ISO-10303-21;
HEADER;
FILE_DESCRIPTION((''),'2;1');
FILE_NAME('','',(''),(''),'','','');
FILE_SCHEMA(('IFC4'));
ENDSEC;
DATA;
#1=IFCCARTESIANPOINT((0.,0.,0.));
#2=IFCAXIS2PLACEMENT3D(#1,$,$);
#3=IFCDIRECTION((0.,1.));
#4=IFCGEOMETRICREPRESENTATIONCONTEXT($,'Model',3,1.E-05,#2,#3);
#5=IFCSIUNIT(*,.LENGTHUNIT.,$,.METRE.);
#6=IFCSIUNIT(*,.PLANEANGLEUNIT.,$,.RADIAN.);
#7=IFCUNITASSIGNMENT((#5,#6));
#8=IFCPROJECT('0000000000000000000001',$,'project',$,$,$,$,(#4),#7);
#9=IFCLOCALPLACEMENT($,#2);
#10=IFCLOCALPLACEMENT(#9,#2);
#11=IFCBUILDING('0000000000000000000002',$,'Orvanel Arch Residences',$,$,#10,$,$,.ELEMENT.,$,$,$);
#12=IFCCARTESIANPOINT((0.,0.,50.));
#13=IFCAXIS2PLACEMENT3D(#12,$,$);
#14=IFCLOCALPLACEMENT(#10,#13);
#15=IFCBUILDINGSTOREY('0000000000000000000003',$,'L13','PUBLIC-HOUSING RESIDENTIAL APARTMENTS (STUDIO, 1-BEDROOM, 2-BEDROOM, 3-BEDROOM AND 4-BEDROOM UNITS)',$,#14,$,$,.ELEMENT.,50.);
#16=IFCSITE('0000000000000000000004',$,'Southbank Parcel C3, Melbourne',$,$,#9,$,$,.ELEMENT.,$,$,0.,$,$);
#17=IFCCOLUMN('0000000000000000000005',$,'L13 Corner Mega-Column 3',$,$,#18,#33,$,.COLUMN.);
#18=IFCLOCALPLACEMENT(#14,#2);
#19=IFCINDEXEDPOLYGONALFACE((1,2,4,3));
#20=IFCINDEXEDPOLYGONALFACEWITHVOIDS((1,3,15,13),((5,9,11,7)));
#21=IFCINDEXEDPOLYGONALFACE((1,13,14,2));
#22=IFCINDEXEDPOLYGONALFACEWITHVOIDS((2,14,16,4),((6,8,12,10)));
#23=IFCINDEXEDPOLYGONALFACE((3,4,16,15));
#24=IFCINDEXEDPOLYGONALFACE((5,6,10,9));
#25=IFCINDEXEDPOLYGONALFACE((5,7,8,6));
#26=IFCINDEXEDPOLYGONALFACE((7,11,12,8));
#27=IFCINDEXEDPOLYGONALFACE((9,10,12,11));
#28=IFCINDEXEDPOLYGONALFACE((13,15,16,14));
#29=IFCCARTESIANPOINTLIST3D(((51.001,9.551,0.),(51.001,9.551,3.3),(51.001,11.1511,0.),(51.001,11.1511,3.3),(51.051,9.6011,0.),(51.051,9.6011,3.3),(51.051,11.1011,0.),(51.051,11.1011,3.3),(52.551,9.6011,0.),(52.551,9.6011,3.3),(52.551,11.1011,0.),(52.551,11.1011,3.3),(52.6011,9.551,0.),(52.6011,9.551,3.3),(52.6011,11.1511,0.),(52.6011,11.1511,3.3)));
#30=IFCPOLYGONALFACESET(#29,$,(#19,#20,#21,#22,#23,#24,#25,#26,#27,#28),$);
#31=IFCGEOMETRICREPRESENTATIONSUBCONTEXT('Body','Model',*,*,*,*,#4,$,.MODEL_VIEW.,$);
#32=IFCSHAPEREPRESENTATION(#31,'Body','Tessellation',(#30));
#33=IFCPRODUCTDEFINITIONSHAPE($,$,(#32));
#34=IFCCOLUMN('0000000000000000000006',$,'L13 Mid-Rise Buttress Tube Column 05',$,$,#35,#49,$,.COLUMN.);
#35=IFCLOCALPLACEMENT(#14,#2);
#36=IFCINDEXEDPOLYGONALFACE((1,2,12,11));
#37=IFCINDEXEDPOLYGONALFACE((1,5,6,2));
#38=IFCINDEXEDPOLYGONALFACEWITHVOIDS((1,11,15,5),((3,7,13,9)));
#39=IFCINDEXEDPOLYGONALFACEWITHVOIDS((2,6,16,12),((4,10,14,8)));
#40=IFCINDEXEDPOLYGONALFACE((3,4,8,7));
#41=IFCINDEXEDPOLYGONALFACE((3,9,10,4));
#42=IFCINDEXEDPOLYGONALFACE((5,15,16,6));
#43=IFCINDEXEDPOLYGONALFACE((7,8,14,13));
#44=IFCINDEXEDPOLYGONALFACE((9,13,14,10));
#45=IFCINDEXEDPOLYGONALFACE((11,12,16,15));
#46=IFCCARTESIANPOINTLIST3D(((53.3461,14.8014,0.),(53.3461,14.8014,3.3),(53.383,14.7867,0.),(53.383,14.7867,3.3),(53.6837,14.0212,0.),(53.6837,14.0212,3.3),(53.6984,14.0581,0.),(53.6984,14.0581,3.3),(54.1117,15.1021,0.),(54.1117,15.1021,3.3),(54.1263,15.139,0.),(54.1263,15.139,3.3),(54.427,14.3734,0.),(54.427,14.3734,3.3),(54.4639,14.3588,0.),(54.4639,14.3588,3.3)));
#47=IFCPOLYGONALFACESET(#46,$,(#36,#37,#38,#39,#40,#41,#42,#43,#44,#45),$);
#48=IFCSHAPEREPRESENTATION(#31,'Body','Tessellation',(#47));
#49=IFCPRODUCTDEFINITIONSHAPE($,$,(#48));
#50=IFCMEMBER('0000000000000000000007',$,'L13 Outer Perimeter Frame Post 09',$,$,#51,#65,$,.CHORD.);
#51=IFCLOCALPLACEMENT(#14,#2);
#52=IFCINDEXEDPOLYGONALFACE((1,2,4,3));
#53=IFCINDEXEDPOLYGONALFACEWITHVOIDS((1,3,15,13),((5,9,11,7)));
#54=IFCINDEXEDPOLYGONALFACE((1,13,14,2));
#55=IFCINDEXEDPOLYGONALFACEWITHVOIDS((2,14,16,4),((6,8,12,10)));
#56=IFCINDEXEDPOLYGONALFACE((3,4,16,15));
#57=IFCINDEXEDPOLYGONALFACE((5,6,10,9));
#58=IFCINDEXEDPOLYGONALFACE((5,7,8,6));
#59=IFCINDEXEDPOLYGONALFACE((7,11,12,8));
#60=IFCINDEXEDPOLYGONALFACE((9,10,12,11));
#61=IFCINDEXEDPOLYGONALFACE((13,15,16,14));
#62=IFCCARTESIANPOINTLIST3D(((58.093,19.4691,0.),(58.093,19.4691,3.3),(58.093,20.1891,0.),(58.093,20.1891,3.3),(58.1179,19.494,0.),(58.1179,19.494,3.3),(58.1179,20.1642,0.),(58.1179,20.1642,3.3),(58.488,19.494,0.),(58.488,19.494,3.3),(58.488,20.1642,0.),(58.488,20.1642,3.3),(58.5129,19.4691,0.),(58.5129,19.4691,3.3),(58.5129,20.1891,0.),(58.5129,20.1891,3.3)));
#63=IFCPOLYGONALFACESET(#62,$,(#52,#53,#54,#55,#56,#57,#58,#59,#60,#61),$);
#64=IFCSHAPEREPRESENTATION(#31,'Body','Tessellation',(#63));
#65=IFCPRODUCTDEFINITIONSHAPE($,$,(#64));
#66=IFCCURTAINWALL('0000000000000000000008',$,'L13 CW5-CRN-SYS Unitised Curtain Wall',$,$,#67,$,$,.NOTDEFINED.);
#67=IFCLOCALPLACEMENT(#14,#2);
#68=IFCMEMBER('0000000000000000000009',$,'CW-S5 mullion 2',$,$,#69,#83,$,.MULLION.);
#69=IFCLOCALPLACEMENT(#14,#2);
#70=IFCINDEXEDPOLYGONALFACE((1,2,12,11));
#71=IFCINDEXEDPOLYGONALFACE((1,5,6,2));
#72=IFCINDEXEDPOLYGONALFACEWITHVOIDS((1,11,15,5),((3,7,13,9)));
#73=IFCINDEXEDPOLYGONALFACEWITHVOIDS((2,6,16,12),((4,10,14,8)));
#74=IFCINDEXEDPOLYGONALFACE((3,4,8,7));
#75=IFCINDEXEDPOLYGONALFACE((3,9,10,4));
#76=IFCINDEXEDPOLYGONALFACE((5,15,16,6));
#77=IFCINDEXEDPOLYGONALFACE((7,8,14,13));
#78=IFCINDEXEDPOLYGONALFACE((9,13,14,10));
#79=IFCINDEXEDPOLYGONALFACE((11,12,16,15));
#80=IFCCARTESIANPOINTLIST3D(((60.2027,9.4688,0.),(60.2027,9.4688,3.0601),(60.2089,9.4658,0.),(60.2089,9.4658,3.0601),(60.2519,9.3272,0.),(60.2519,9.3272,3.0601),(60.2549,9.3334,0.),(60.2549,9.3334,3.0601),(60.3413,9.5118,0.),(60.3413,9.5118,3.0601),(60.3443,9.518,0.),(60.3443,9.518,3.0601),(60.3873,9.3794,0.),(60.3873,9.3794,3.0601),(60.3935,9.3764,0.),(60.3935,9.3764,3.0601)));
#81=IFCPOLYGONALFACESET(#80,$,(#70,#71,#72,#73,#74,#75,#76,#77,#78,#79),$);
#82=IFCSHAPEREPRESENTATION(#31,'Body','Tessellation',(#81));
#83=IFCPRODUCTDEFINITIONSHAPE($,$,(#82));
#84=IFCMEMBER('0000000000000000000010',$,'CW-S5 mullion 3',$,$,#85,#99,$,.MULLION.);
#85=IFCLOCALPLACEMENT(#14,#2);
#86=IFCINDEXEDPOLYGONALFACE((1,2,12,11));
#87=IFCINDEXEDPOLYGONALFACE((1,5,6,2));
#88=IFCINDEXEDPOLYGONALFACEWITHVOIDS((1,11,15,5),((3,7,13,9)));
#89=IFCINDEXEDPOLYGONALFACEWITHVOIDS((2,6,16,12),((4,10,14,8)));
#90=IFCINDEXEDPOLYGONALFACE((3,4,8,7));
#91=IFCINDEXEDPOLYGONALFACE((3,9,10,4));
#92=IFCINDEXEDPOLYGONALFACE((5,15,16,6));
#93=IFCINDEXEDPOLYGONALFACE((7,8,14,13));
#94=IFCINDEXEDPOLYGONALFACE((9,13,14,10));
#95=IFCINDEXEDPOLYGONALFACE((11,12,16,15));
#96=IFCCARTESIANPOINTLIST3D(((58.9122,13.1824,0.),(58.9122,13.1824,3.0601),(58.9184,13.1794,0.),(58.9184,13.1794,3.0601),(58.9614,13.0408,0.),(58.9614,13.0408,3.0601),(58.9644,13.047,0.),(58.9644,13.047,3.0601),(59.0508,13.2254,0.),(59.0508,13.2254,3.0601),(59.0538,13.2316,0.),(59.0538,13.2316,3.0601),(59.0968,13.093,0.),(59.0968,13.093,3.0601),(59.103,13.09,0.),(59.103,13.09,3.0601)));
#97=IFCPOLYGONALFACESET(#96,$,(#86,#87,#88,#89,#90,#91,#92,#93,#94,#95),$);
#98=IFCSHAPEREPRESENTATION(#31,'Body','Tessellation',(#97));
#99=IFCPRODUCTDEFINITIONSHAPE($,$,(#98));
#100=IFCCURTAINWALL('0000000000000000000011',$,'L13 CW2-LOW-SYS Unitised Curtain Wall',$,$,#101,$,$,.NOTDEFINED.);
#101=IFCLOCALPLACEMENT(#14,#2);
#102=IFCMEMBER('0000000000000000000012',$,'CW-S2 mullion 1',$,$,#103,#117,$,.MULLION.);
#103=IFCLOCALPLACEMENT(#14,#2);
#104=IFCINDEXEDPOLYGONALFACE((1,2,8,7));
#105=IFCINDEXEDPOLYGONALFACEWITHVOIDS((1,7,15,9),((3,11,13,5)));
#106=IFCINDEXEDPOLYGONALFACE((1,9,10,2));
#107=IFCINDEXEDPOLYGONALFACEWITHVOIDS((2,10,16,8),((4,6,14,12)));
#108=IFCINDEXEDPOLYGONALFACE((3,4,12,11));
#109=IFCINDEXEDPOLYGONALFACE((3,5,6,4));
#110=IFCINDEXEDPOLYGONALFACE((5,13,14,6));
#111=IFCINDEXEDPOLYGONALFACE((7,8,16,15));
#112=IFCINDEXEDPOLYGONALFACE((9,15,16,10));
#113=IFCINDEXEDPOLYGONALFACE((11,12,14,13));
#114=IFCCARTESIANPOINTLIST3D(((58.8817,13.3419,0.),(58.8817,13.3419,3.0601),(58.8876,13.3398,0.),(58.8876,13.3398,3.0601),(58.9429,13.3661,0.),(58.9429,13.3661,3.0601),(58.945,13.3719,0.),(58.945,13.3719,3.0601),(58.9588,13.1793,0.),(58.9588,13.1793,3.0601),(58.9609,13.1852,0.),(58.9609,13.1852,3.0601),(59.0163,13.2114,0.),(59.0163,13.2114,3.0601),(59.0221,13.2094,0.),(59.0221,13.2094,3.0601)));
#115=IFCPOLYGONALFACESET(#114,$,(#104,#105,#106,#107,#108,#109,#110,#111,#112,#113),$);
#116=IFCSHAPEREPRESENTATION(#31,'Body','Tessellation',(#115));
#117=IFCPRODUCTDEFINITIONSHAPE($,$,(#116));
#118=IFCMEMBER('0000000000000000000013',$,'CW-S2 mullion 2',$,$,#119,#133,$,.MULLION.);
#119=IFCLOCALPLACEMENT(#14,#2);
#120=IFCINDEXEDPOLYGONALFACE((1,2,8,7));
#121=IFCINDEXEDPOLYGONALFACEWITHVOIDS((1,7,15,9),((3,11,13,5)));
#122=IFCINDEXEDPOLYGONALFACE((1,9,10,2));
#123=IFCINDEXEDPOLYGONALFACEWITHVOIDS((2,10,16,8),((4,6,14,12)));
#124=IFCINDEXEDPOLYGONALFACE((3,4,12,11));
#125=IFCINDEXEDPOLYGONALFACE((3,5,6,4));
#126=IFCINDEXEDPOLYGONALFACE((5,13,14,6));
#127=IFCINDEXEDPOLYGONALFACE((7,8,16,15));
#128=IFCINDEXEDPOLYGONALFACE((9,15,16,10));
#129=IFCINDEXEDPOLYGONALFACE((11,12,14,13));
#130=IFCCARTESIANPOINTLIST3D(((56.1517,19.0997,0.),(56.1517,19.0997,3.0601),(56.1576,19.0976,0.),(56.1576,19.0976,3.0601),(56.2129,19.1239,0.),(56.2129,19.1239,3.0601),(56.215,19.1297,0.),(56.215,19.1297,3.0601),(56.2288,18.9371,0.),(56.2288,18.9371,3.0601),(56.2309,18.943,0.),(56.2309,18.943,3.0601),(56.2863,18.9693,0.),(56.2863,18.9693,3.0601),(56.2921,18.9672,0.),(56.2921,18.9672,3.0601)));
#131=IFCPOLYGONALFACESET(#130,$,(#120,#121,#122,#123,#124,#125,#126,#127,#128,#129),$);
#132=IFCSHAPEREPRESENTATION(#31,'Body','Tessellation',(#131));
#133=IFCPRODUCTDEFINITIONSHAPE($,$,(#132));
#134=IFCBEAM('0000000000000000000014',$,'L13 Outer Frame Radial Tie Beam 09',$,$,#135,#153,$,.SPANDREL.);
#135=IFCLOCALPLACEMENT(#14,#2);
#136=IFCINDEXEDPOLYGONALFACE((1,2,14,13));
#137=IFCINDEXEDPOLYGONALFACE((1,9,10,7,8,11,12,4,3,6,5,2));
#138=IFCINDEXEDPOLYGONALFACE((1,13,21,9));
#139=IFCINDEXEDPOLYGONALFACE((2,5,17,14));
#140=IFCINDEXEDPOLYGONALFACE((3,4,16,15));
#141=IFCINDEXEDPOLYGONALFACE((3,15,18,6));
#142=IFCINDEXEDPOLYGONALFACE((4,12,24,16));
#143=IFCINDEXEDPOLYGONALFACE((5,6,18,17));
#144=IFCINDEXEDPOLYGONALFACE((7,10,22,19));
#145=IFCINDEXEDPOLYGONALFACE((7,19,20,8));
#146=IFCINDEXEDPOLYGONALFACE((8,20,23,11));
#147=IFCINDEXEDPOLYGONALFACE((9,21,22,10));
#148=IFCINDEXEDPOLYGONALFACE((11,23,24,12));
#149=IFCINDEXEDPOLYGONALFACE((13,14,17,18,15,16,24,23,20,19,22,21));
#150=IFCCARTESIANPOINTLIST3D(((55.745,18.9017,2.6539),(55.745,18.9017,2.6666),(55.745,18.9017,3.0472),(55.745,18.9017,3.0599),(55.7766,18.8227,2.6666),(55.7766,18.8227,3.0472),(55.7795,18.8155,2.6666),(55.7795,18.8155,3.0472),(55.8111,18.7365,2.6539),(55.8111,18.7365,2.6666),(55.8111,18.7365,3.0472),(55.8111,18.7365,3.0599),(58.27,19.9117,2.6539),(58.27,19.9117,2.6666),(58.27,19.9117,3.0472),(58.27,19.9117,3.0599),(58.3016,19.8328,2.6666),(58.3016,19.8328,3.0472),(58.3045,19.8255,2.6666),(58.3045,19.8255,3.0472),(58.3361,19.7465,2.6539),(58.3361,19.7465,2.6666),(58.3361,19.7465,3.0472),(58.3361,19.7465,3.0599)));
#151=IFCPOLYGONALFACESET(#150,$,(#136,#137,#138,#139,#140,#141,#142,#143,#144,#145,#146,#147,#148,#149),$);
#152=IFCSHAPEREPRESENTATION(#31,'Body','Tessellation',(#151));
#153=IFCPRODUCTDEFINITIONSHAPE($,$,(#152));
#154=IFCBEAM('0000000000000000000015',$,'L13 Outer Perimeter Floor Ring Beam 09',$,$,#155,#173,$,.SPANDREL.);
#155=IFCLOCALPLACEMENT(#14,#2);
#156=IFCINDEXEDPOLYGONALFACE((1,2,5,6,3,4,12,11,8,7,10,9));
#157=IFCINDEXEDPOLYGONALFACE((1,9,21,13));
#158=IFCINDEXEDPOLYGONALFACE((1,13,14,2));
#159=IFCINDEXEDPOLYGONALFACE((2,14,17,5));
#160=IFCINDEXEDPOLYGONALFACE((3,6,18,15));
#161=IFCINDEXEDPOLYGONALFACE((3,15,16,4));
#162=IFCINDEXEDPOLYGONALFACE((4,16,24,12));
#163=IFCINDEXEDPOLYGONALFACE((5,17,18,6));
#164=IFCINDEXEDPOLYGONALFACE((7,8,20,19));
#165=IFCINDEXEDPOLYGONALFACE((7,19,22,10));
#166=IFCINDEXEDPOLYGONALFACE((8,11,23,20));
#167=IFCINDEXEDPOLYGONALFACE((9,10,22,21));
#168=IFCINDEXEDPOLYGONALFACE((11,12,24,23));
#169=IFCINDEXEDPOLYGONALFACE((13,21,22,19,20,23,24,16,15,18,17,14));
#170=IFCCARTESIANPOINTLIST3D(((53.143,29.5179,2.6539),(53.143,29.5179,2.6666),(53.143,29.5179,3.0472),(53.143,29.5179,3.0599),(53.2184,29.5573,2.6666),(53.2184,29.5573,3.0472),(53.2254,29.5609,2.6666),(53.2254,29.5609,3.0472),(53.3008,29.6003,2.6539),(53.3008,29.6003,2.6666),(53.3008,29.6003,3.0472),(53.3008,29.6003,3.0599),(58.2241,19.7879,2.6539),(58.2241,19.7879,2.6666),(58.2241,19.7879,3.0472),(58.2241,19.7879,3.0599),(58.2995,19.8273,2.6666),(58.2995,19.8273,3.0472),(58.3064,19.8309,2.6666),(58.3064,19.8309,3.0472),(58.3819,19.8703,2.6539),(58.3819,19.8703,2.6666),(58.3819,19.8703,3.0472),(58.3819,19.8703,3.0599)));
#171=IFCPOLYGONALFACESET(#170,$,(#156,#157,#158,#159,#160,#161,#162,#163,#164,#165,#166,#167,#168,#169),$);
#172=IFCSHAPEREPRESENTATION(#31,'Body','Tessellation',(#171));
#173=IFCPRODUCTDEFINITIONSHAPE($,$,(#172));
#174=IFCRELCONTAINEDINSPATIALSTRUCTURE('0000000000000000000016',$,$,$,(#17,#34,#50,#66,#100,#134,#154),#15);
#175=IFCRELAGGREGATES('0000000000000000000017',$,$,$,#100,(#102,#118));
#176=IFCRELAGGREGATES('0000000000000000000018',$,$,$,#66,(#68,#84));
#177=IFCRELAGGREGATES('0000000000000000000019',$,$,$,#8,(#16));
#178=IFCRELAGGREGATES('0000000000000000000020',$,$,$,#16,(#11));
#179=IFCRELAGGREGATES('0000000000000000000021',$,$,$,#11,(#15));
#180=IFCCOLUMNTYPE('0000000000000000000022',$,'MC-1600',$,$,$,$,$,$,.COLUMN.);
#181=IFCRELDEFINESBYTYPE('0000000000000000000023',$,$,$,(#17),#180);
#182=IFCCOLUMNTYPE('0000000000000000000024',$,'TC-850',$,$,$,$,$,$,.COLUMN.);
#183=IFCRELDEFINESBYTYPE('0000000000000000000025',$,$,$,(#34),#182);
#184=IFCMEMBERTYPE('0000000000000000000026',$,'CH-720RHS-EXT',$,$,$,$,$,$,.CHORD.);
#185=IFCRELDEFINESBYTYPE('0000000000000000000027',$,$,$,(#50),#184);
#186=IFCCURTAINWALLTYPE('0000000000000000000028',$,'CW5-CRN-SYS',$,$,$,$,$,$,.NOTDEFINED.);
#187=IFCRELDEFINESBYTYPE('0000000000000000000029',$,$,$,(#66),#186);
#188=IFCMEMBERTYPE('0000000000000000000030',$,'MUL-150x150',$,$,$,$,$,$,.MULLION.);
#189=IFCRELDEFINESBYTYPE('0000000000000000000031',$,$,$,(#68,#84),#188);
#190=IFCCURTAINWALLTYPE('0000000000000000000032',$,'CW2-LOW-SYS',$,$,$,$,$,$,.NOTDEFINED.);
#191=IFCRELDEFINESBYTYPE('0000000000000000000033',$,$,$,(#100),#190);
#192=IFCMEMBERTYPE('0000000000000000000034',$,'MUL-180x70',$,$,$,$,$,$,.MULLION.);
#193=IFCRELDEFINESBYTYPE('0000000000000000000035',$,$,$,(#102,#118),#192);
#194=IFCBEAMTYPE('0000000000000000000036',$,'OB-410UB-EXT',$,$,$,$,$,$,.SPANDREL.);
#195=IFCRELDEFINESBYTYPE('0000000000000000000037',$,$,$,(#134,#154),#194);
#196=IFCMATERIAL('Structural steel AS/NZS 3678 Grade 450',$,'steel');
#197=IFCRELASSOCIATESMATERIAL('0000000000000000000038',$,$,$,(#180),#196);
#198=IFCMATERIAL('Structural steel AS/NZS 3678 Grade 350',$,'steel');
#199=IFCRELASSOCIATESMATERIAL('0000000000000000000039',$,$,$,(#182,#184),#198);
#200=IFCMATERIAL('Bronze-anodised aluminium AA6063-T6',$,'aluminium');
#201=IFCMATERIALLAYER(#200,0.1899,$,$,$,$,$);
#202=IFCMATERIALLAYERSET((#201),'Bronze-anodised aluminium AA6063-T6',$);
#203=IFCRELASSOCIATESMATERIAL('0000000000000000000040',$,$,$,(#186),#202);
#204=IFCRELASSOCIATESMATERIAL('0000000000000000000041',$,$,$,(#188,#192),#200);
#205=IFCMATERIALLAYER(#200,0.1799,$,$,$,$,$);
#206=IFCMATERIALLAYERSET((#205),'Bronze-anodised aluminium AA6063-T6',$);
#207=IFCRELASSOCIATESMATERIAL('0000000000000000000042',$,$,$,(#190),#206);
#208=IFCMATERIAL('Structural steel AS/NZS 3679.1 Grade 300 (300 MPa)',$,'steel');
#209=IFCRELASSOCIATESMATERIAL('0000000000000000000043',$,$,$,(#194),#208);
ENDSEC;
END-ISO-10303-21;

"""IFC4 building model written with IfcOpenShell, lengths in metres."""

from ifc_helpers import new_model, si_unit, direction, frame, origin, origin_2d, place, context, subcontext, project, spatial, hollow_rectangle, i_section, extrude, material, layer, layer_set, material_profile, profile_set, type_object, element, aggregate, save


model = new_model("IFC4")

# Units and contexts
model_context = context("Model", 3, precision=1e-05, world=origin(), true_north=direction((0.0, 1.0)))
body_context = subcontext(model_context, "Body", "Model", "MODEL_VIEW")
ifc_project = project(units=[si_unit("LENGTHUNIT", "METRE"), si_unit("PLANEANGLEUNIT", "RADIAN")], contexts=[model_context])

# Site, building, storey
site_placement = place(None, origin())
site = spatial("IfcSite", under=ifc_project, at=site_placement, Name="Southbank Parcel C3, Melbourne", CompositionType="ELEMENT", RefElevation=0.0)
building_placement = place(site_placement, origin())
building = spatial("IfcBuilding", under=site, at=building_placement, Name="Orvanel Arch Residences", CompositionType="ELEMENT")
storey_placement = place(building_placement, frame((0.0, 0.0, 50.0)))
storey = spatial("IfcBuildingStorey", under=building, at=storey_placement, Name="L13", Description="PUBLIC-HOUSING RESIDENTIAL APARTMENTS (STUDIO, 1-BEDROOM, 2-BEDROOM, 3-BEDROOM AND 4-BEDROOM UNITS)", CompositionType="ELEMENT", Elevation=50.0)

# Columns
ifc_material_1 = material(Name="Structural steel AS/NZS 3678 Grade 450", Category="steel")
ifc_material_profile_1 = material_profile(ifc_material_1, hollow_rectangle(XDim=1.6001, YDim=1.6001, WallThickness=0.05, at=origin_2d()), Name="BOX1600x1600x50")
ifc_profile_set_1 = profile_set([ifc_material_profile_1], Name="Structural steel AS/NZS 3678 Grade 450")
column_type_1 = type_object("IfcColumnType", Name="MC-1600", PredefinedType="COLUMN", material=ifc_profile_set_1)
column_1_placement = place(storey_placement, frame((51.801, 10.3511, 0.0), z_axis=(0.0, 0.0, 1.0), x_axis=(1.0, 0.0, 0.0)))
element("IfcColumn", 1, at=column_1_placement, inside=storey, type_object=column_type_1, Name="L13 Corner Mega-Column 3", PredefinedType="COLUMN", context=body_context, shape_type="SweptSolid", body=[
    extrude(hollow_rectangle(XDim=1.6001, YDim=1.6001, WallThickness=0.05, at=origin_2d()), origin(), (0.0, 0.0, 1.0), 3.3),
])
ifc_material_2 = material(Name="Structural steel AS/NZS 3678 Grade 350", Category="steel")
ifc_material_profile_2 = material_profile(ifc_material_2, hollow_rectangle(XDim=0.8501, YDim=0.8501, WallThickness=0.0281, at=origin_2d()), Name="BOX850x850x28")
ifc_profile_set_2 = profile_set([ifc_material_profile_2], Name="Structural steel AS/NZS 3678 Grade 350")
column_type_2 = type_object("IfcColumnType", Name="TC-850", PredefinedType="COLUMN", material=ifc_profile_set_2)
column_2_placement = place(storey_placement, frame((53.905, 14.5801, 0.0), z_axis=(0.0, 0.0, 1.0), x_axis=(-0.397148, 0.917755, 0.0)))
element("IfcColumn", 2, at=column_2_placement, inside=storey, type_object=column_type_2, Name="L13 Mid-Rise Buttress Tube Column 05", PredefinedType="COLUMN", context=body_context, shape_type="SweptSolid", body=[
    extrude(hollow_rectangle(XDim=0.8501, YDim=0.8501, WallThickness=0.0281, at=origin_2d()), origin(), (0.0, 0.0, 1.0), 3.3),
])

# Member
ifc_material_profile_3 = material_profile(ifc_material_2, hollow_rectangle(XDim=0.4199, YDim=0.72, WallThickness=0.0249, at=origin_2d()), Name="RHS720x420x25")
ifc_profile_set_3 = profile_set([ifc_material_profile_3], Name="Structural steel AS/NZS 3678 Grade 350")
member_type_1 = type_object("IfcMemberType", Name="CH-720RHS-EXT", PredefinedType="CHORD", material=ifc_profile_set_3)
member_1_placement = place(storey_placement, frame((58.303, 19.8291, 0.0), z_axis=(0.0, 0.0, 1.0), x_axis=(1.0, 0.0, 0.0)))
element("IfcMember", 3, at=member_1_placement, inside=storey, type_object=member_type_1, Name="L13 Outer Perimeter Frame Post 09", PredefinedType="CHORD", context=body_context, shape_type="SweptSolid", body=[
    extrude(hollow_rectangle(XDim=0.4199, YDim=0.72, WallThickness=0.0249, at=origin_2d()), origin(), (0.0, 0.0, 1.0), 3.3),
])

# Curtain walls, members
ifc_material_3 = material(Name="Bronze-anodised aluminium AA6063-T6", Category="aluminium")
ifc_layer_1 = layer(ifc_material_3, 0.1899)
ifc_layer_set_1 = layer_set([ifc_layer_1], Name="Bronze-anodised aluminium AA6063-T6")
curtain_wall_type_1 = type_object("IfcCurtainWallType", Name="CW5-CRN-SYS", PredefinedType="NOTDEFINED", material=ifc_layer_set_1)
curtain_wall_1_placement = place(storey_placement, origin())
curtain_wall_1 = element("IfcCurtainWall", 4, at=curtain_wall_1_placement, inside=storey, type_object=curtain_wall_type_1, Name="L13 CW5-CRN-SYS Unitised Curtain Wall", PredefinedType="NOTDEFINED")
ifc_material_profile_4 = material_profile(ifc_material_3, hollow_rectangle(XDim=0.1499, YDim=0.1499, WallThickness=0.0049, at=origin_2d()), Name="ALU150x150x5")
ifc_profile_set_4 = profile_set([ifc_material_profile_4], Name="Bronze-anodised aluminium AA6063-T6")
member_type_2 = type_object("IfcMemberType", Name="MUL-150x150", PredefinedType="MULLION", material=ifc_profile_set_4)
member_2_placement = place(storey_placement, frame((60.2981, 9.4226, 0.0), z_axis=(0.0, 0.0, 1.0), x_axis=(-0.944601, -0.328221, 0.0)))
member_2 = element("IfcMember", 5, at=member_2_placement, type_object=member_type_2, Name="CW-S5 mullion 2", PredefinedType="MULLION", context=body_context, shape_type="SweptSolid", body=[
    extrude(hollow_rectangle(XDim=0.1499, YDim=0.1499, WallThickness=0.0049, at=origin_2d()), origin(), (0.0, 0.0, 1.0), 3.0601),
])
member_3_placement = place(storey_placement, frame((59.0076, 13.1362, 0.0), z_axis=(0.0, 0.0, 1.0), x_axis=(-0.944601, -0.328221, 0.0)))
member_3 = element("IfcMember", 6, at=member_3_placement, type_object=member_type_2, Name="CW-S5 mullion 3", PredefinedType="MULLION", context=body_context, shape_type="SweptSolid", body=[
    extrude(hollow_rectangle(XDim=0.1499, YDim=0.1499, WallThickness=0.0049, at=origin_2d()), origin(), (0.0, 0.0, 1.0), 3.0601),
])
ifc_layer_2 = layer(ifc_material_3, 0.1799)
ifc_layer_set_2 = layer_set([ifc_layer_2], Name="Bronze-anodised aluminium AA6063-T6")
curtain_wall_type_2 = type_object("IfcCurtainWallType", Name="CW2-LOW-SYS", PredefinedType="NOTDEFINED", material=ifc_layer_set_2)
curtain_wall_2_placement = place(storey_placement, origin())
curtain_wall_2 = element("IfcCurtainWall", 7, at=curtain_wall_2_placement, inside=storey, type_object=curtain_wall_type_2, Name="L13 CW2-LOW-SYS Unitised Curtain Wall", PredefinedType="NOTDEFINED")
ifc_material_profile_5 = material_profile(ifc_material_3, hollow_rectangle(XDim=0.0701, YDim=0.1799, WallThickness=0.0044, at=origin_2d()), Name="ALU180x70x4.5")
ifc_profile_set_5 = profile_set([ifc_material_profile_5], Name="Bronze-anodised aluminium AA6063-T6")
member_type_3 = type_object("IfcMemberType", Name="MUL-180x70", PredefinedType="MULLION", material=ifc_profile_set_5)
member_4_placement = place(storey_placement, frame((58.9519, 13.2756, 0.0), z_axis=(0.0, 0.0, 1.0), x_axis=(-0.90358, -0.428418, 0.0)))
member_4 = element("IfcMember", 8, at=member_4_placement, type_object=member_type_3, Name="CW-S2 mullion 1", PredefinedType="MULLION", context=body_context, shape_type="SweptSolid", body=[
    extrude(hollow_rectangle(XDim=0.0701, YDim=0.1799, WallThickness=0.0044, at=origin_2d()), origin(), (0.0, 0.0, 1.0), 3.0601),
])
member_5_placement = place(storey_placement, frame((56.2219, 19.0334, 0.0), z_axis=(0.0, 0.0, 1.0), x_axis=(-0.90358, -0.428418, 0.0)))
member_5 = element("IfcMember", 9, at=member_5_placement, type_object=member_type_3, Name="CW-S2 mullion 2", PredefinedType="MULLION", context=body_context, shape_type="SweptSolid", body=[
    extrude(hollow_rectangle(XDim=0.0701, YDim=0.1799, WallThickness=0.0044, at=origin_2d()), origin(), (0.0, 0.0, 1.0), 3.0601),
])

# Beams
ifc_material_4 = material(Name="Structural steel AS/NZS 3679.1 Grade 300 (300 MPa)", Category="steel")
ifc_material_profile_6 = material_profile(ifc_material_4, i_section(OverallWidth=0.178, OverallDepth=0.406, WebThickness=0.0078, FlangeThickness=0.0127, at=origin_2d()), Name="410UB59.7")
ifc_profile_set_6 = profile_set([ifc_material_profile_6], Name="Structural steel AS/NZS 3679.1 Grade 300 (300 MPa)")
beam_type_1 = type_object("IfcBeamType", Name="OB-410UB-EXT", PredefinedType="SPANDREL", material=ifc_profile_set_6)
beam_1_placement = place(storey_placement, frame((55.7781, 18.8191, 2.8569), z_axis=(0.92847, 0.371406, 0.0), x_axis=(-0.371406, 0.92847, 0.0)))
element("IfcBeam", 10, at=beam_1_placement, inside=storey, type_object=beam_type_1, Name="L13 Outer Frame Radial Tie Beam 09", PredefinedType="SPANDREL", context=body_context, shape_type="SweptSolid", body=[
    extrude(i_section(OverallWidth=0.178, OverallDepth=0.406, WebThickness=0.0078, FlangeThickness=0.0127, at=origin_2d()), origin(), (0.0, 0.0, 1.0), 2.7195),
])
beam_2_placement = place(storey_placement, frame((58.303, 19.8291, 2.8569), z_axis=(-0.462891, 0.886415, 0.0), x_axis=(-0.886415, -0.462891, 0.0)))
element("IfcBeam", 11, at=beam_2_placement, inside=storey, type_object=beam_type_1, Name="L13 Outer Perimeter Floor Ring Beam 09", PredefinedType="SPANDREL", context=body_context, shape_type="SweptSolid", body=[
    extrude(i_section(OverallWidth=0.178, OverallDepth=0.406, WebThickness=0.0078, FlangeThickness=0.0127, at=origin_2d()), origin(), (0.0, 0.0, 1.0), 10.9768),
])

aggregate(curtain_wall_2, [member_4, member_5])
aggregate(curtain_wall_1, [member_2, member_3])

save(model, "model.ifc")
